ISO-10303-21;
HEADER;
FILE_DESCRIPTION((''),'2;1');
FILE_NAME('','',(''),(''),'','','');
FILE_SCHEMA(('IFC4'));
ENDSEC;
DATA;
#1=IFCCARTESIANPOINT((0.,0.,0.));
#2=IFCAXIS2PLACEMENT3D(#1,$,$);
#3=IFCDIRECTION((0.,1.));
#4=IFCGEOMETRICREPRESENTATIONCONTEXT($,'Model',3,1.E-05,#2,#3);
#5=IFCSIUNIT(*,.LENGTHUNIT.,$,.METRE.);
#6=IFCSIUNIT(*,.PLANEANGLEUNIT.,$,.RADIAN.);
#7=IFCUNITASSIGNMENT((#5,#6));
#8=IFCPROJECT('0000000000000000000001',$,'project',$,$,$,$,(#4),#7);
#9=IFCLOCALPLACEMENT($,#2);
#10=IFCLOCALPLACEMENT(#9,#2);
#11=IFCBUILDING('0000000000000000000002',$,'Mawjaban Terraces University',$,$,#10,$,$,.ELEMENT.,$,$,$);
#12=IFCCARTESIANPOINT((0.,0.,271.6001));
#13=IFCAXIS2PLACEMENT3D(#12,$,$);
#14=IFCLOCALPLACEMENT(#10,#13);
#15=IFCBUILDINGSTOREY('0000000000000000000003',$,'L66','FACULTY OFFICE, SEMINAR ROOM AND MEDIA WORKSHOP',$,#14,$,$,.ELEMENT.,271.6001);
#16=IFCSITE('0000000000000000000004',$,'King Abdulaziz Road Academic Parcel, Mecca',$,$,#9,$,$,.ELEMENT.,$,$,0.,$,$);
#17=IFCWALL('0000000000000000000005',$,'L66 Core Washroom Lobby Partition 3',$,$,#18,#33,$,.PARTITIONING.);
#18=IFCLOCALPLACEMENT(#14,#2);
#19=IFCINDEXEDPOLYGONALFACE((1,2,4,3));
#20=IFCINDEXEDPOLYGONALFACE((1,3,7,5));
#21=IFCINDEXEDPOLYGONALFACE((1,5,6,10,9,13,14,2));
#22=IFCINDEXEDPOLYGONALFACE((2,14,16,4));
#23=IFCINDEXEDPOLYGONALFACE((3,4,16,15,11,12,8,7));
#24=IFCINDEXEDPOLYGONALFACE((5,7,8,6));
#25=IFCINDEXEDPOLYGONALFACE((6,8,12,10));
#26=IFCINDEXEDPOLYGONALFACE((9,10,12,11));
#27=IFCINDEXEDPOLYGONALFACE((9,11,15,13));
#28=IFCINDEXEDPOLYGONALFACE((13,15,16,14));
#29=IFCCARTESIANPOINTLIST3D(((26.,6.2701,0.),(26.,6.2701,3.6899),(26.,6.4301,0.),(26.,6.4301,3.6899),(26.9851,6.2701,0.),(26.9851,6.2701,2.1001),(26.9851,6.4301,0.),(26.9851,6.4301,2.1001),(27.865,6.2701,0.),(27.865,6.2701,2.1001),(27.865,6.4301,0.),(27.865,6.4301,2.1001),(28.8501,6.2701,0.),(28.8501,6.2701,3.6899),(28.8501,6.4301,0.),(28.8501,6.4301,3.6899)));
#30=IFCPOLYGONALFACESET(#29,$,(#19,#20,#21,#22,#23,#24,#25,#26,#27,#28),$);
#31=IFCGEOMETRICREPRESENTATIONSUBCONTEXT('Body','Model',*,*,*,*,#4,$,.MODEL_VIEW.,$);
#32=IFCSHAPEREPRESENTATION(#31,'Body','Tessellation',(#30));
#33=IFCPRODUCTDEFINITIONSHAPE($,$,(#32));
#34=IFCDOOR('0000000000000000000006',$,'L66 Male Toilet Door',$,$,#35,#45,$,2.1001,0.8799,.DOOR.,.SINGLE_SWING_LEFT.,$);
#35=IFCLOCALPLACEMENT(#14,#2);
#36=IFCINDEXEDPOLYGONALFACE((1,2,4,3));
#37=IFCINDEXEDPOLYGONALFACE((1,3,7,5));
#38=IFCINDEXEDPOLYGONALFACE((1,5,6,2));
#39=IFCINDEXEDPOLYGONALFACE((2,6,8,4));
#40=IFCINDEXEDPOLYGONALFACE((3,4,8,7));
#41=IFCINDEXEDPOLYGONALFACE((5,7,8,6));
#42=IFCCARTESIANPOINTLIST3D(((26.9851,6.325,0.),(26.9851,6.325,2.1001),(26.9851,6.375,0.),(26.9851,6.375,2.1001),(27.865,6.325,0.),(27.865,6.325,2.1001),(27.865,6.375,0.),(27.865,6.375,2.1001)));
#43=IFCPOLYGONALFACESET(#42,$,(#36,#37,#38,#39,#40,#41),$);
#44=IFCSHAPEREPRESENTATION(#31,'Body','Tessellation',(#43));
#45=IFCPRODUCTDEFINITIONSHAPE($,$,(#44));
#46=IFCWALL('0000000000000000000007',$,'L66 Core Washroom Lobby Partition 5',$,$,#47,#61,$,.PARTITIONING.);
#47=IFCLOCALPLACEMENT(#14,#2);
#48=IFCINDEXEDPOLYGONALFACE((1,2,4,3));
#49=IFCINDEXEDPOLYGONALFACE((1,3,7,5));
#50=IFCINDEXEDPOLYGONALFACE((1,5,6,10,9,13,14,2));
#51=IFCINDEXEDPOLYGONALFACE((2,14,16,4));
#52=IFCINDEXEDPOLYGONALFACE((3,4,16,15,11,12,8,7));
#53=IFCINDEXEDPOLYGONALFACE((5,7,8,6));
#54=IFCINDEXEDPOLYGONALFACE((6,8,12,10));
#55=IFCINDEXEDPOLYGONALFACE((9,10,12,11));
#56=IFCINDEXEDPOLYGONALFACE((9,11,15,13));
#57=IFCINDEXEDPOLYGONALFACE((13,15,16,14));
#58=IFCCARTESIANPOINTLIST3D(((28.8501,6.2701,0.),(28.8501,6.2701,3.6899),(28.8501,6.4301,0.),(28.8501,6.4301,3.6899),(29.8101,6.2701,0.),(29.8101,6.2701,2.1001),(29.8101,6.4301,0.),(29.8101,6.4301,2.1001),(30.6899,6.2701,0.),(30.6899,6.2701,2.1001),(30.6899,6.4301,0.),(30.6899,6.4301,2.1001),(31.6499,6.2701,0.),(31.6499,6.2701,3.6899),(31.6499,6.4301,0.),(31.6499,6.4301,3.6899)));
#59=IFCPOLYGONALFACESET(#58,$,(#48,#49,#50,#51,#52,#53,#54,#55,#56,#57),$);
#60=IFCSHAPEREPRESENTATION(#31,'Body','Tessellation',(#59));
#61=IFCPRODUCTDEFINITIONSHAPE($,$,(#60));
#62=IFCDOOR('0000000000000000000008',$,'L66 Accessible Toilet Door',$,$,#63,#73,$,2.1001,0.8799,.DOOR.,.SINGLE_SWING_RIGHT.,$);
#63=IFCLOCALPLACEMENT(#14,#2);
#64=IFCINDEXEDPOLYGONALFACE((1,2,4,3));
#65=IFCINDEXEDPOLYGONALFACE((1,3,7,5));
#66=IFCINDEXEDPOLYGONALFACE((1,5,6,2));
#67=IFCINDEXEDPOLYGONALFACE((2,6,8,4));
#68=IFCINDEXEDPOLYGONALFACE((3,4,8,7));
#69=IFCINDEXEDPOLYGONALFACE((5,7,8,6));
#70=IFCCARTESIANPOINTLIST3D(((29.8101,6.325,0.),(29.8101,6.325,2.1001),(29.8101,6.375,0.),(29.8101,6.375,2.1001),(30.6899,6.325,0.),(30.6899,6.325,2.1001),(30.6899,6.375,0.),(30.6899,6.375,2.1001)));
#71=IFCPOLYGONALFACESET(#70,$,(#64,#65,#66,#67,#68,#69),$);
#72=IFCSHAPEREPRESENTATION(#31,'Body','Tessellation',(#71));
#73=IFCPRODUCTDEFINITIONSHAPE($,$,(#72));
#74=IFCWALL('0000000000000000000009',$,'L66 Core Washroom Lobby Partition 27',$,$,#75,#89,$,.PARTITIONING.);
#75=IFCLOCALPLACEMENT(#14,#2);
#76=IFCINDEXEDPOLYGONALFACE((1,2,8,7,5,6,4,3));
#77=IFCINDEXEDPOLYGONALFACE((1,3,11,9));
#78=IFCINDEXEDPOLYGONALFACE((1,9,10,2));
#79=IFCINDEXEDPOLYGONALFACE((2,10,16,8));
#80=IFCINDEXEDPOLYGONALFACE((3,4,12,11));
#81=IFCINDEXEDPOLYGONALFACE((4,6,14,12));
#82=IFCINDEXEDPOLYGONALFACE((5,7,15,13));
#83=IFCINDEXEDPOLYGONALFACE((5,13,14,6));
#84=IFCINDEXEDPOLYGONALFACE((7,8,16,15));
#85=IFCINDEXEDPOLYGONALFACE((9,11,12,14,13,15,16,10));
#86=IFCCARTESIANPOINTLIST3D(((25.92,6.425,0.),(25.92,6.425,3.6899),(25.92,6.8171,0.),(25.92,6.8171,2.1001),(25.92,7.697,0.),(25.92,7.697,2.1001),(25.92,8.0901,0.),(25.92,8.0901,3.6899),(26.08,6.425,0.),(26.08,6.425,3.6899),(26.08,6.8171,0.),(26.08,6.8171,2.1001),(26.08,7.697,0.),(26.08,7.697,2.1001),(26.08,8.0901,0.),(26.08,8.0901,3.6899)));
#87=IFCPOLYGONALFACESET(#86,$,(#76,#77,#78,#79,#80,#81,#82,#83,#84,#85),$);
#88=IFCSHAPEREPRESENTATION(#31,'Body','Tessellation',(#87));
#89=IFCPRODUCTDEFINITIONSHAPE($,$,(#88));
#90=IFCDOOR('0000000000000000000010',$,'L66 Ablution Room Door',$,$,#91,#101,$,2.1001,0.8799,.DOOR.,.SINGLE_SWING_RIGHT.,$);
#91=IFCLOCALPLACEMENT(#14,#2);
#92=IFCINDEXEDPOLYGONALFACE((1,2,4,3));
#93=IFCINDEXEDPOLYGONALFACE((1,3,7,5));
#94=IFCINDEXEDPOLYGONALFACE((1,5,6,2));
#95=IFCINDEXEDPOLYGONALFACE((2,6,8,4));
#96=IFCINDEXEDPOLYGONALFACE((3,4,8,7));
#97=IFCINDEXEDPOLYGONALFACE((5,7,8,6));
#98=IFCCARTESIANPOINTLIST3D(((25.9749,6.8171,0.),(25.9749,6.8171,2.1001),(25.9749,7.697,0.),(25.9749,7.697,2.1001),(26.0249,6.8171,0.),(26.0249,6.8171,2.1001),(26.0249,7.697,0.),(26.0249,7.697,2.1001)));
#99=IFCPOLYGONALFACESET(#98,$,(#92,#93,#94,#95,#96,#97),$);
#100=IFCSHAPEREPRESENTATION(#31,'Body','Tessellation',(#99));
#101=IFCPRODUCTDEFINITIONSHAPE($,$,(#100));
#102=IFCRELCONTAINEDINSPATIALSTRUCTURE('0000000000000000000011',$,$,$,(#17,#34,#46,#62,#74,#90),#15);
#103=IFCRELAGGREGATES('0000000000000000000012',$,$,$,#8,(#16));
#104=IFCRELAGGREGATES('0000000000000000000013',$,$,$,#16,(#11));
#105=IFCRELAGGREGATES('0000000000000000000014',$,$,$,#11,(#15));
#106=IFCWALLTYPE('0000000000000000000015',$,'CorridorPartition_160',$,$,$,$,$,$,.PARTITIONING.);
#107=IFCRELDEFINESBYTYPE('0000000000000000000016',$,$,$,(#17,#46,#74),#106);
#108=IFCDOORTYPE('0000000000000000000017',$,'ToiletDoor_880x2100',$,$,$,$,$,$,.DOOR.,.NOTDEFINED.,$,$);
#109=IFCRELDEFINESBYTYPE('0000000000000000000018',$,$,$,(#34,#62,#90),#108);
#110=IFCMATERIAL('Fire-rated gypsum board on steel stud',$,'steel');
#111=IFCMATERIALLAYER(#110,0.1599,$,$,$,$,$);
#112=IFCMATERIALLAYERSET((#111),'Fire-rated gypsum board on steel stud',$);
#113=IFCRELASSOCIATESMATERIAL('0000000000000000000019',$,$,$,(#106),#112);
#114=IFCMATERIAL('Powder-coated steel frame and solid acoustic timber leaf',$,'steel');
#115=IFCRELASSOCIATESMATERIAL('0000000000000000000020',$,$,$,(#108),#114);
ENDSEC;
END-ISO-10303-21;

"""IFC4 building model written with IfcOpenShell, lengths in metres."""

from ifc_helpers import new_model, si_unit, direction, frame, frame_2d, origin, place, context, subcontext, project, spatial, rectangle, extrude, material, layer, layer_set, type_object, element, fill, save


model = new_model("IFC4")

# Units and contexts
model_context = context("Model", 3, precision=1e-05, world=origin(), true_north=direction((0.0, 1.0)))
body_context = subcontext(model_context, "Body", "Model", "MODEL_VIEW")
ifc_project = project(units=[si_unit("LENGTHUNIT", "METRE"), si_unit("PLANEANGLEUNIT", "RADIAN")], contexts=[model_context])

# Site, building, storey
site_placement = place(None, origin())
site = spatial("IfcSite", under=ifc_project, at=site_placement, Name="King Abdulaziz Road Academic Parcel, Mecca", CompositionType="ELEMENT", RefElevation=0.0)
building_placement = place(site_placement, origin())
building = spatial("IfcBuilding", under=site, at=building_placement, Name="Mawjaban Terraces University", CompositionType="ELEMENT")
storey_placement = place(building_placement, frame((0.0, 0.0, 271.6001)))
storey = spatial("IfcBuildingStorey", under=building, at=storey_placement, Name="L66", Description="FACULTY OFFICE, SEMINAR ROOM AND MEDIA WORKSHOP", CompositionType="ELEMENT", Elevation=271.6001)

# Walls, openings, doors
ifc_material_1 = material(Name="Fire-rated gypsum board on steel stud", Category="steel")
ifc_layer_1 = layer(ifc_material_1, 0.1599)
ifc_layer_set_1 = layer_set([ifc_layer_1], Name="Fire-rated gypsum board on steel stud")
wall_type_1 = type_object("IfcWallType", Name="CorridorPartition_160", PredefinedType="PARTITIONING", material=ifc_layer_set_1)
wall_1_placement = place(storey_placement, frame((26.0, 6.3501, 0.0), z_axis=(0.0, 0.0, 1.0), x_axis=(1.0, 0.0, 0.0)))
wall_1 = element("IfcWall", 1, at=wall_1_placement, inside=storey, type_object=wall_type_1, Name="L66 Core Washroom Lobby Partition 3", PredefinedType="PARTITIONING", context=body_context, shape_type="SweptSolid", body=[
    extrude(rectangle(XDim=2.8501, YDim=0.1599, at=frame_2d((1.425, 0.0))), origin(), (0.0, 0.0, 1.0), 3.6899),
])
opening_1_placement = place(wall_1_placement, frame((0.9851, 0.0, 0.0)))
opening_1 = element("IfcOpeningElement", 2, at=opening_1_placement, cuts=wall_1, PredefinedType="OPENING", context=body_context, shape_type="SweptSolid", body=[
    extrude(rectangle(XDim=0.8799, YDim=2.1001, at=frame_2d((0.4399, 1.05))), frame((0.0, 0.0898, 0.0), z_axis=(0.0, -1.0, 0.0), x_axis=(1.0, 0.0, 0.0)), (0.0, 0.0, 1.0), 0.1799),
])
ifc_material_2 = material(Name="Powder-coated steel frame and solid acoustic timber leaf", Category="steel")
door_type = type_object("IfcDoorType", Name="ToiletDoor_880x2100", OperationType="NOTDEFINED", PredefinedType="DOOR", material=ifc_material_2)
door_1_placement = place(opening_1_placement, origin())
door_1 = element("IfcDoor", 3, at=door_1_placement, inside=storey, type_object=door_type, Name="L66 Male Toilet Door", OperationType="SINGLE_SWING_LEFT", OverallHeight=2.1001, OverallWidth=0.8799, PredefinedType="DOOR", context=body_context, shape_type="SweptSolid", body=[
    extrude(rectangle(XDim=0.8799, YDim=2.1001, at=frame_2d((0.4399, 1.05))), frame((0.0, 0.0249, 0.0), z_axis=(0.0, -1.0, 0.0), x_axis=(1.0, 0.0, 0.0)), (0.0, 0.0, 1.0), 0.05),
])
fill(opening_1, door_1)
wall_2_placement = place(storey_placement, frame((28.8501, 6.3501, 0.0), z_axis=(0.0, 0.0, 1.0), x_axis=(1.0, 0.0, 0.0)))
wall_2 = element("IfcWall", 4, at=wall_2_placement, inside=storey, type_object=wall_type_1, Name="L66 Core Washroom Lobby Partition 5", PredefinedType="PARTITIONING", context=body_context, shape_type="SweptSolid", body=[
    extrude(rectangle(XDim=2.7998, YDim=0.1599, at=frame_2d((1.3999, 0.0))), origin(), (0.0, 0.0, 1.0), 3.6899),
])
opening_2_placement = place(wall_2_placement, frame((0.96, 0.0, 0.0)))
opening_2 = element("IfcOpeningElement", 5, at=opening_2_placement, cuts=wall_2, PredefinedType="OPENING", context=body_context, shape_type="SweptSolid", body=[
    extrude(rectangle(XDim=0.8799, YDim=2.1001, at=frame_2d((0.4399, 1.05))), frame((0.0, 0.0898, 0.0), z_axis=(0.0, -1.0, 0.0), x_axis=(1.0, 0.0, 0.0)), (0.0, 0.0, 1.0), 0.1799),
])
door_2_placement = place(opening_2_placement, origin())
door_2 = element("IfcDoor", 6, at=door_2_placement, inside=storey, type_object=door_type, Name="L66 Accessible Toilet Door", OperationType="SINGLE_SWING_RIGHT", OverallHeight=2.1001, OverallWidth=0.8799, PredefinedType="DOOR", context=body_context, shape_type="SweptSolid", body=[
    extrude(rectangle(XDim=0.8799, YDim=2.1001, at=frame_2d((0.4399, 1.05))), frame((0.0, 0.0249, 0.0), z_axis=(0.0, -1.0, 0.0), x_axis=(1.0, 0.0, 0.0)), (0.0, 0.0, 1.0), 0.05),
])
fill(opening_2, door_2)
wall_3_placement = place(storey_placement, frame((26.0, 8.0901, 0.0), z_axis=(0.0, 0.0, 1.0), x_axis=(0.0, -1.0, 0.0)))
wall_3 = element("IfcWall", 7, at=wall_3_placement, inside=storey, type_object=wall_type_1, Name="L66 Core Washroom Lobby Partition 27", PredefinedType="PARTITIONING", context=body_context, shape_type="SweptSolid", body=[
    extrude(rectangle(XDim=1.665, YDim=0.1599, at=frame_2d((0.8325, 0.0))), origin(), (0.0, 0.0, 1.0), 3.6899),
])
opening_3_placement = place(wall_3_placement, frame((0.3931, 0.0, 0.0)))
opening_3 = element("IfcOpeningElement", 8, at=opening_3_placement, cuts=wall_3, PredefinedType="OPENING", context=body_context, shape_type="SweptSolid", body=[
    extrude(rectangle(XDim=0.8799, YDim=2.1001, at=frame_2d((0.4399, 1.05))), frame((0.0, 0.0898, 0.0), z_axis=(0.0, -1.0, 0.0), x_axis=(1.0, 0.0, 0.0)), (0.0, 0.0, 1.0), 0.1799),
])
door_3_placement = place(opening_3_placement, origin())
door_3 = element("IfcDoor", 9, at=door_3_placement, inside=storey, type_object=door_type, Name="L66 Ablution Room Door", OperationType="SINGLE_SWING_RIGHT", OverallHeight=2.1001, OverallWidth=0.8799, PredefinedType="DOOR", context=body_context, shape_type="SweptSolid", body=[
    extrude(rectangle(XDim=0.8799, YDim=2.1001, at=frame_2d((0.4399, 1.05))), frame((0.0, 0.0249, 0.0), z_axis=(0.0, -1.0, 0.0), x_axis=(1.0, 0.0, 0.0)), (0.0, 0.0, 1.0), 0.05),
])
fill(opening_3, door_3)

save(model, "model.ifc")
